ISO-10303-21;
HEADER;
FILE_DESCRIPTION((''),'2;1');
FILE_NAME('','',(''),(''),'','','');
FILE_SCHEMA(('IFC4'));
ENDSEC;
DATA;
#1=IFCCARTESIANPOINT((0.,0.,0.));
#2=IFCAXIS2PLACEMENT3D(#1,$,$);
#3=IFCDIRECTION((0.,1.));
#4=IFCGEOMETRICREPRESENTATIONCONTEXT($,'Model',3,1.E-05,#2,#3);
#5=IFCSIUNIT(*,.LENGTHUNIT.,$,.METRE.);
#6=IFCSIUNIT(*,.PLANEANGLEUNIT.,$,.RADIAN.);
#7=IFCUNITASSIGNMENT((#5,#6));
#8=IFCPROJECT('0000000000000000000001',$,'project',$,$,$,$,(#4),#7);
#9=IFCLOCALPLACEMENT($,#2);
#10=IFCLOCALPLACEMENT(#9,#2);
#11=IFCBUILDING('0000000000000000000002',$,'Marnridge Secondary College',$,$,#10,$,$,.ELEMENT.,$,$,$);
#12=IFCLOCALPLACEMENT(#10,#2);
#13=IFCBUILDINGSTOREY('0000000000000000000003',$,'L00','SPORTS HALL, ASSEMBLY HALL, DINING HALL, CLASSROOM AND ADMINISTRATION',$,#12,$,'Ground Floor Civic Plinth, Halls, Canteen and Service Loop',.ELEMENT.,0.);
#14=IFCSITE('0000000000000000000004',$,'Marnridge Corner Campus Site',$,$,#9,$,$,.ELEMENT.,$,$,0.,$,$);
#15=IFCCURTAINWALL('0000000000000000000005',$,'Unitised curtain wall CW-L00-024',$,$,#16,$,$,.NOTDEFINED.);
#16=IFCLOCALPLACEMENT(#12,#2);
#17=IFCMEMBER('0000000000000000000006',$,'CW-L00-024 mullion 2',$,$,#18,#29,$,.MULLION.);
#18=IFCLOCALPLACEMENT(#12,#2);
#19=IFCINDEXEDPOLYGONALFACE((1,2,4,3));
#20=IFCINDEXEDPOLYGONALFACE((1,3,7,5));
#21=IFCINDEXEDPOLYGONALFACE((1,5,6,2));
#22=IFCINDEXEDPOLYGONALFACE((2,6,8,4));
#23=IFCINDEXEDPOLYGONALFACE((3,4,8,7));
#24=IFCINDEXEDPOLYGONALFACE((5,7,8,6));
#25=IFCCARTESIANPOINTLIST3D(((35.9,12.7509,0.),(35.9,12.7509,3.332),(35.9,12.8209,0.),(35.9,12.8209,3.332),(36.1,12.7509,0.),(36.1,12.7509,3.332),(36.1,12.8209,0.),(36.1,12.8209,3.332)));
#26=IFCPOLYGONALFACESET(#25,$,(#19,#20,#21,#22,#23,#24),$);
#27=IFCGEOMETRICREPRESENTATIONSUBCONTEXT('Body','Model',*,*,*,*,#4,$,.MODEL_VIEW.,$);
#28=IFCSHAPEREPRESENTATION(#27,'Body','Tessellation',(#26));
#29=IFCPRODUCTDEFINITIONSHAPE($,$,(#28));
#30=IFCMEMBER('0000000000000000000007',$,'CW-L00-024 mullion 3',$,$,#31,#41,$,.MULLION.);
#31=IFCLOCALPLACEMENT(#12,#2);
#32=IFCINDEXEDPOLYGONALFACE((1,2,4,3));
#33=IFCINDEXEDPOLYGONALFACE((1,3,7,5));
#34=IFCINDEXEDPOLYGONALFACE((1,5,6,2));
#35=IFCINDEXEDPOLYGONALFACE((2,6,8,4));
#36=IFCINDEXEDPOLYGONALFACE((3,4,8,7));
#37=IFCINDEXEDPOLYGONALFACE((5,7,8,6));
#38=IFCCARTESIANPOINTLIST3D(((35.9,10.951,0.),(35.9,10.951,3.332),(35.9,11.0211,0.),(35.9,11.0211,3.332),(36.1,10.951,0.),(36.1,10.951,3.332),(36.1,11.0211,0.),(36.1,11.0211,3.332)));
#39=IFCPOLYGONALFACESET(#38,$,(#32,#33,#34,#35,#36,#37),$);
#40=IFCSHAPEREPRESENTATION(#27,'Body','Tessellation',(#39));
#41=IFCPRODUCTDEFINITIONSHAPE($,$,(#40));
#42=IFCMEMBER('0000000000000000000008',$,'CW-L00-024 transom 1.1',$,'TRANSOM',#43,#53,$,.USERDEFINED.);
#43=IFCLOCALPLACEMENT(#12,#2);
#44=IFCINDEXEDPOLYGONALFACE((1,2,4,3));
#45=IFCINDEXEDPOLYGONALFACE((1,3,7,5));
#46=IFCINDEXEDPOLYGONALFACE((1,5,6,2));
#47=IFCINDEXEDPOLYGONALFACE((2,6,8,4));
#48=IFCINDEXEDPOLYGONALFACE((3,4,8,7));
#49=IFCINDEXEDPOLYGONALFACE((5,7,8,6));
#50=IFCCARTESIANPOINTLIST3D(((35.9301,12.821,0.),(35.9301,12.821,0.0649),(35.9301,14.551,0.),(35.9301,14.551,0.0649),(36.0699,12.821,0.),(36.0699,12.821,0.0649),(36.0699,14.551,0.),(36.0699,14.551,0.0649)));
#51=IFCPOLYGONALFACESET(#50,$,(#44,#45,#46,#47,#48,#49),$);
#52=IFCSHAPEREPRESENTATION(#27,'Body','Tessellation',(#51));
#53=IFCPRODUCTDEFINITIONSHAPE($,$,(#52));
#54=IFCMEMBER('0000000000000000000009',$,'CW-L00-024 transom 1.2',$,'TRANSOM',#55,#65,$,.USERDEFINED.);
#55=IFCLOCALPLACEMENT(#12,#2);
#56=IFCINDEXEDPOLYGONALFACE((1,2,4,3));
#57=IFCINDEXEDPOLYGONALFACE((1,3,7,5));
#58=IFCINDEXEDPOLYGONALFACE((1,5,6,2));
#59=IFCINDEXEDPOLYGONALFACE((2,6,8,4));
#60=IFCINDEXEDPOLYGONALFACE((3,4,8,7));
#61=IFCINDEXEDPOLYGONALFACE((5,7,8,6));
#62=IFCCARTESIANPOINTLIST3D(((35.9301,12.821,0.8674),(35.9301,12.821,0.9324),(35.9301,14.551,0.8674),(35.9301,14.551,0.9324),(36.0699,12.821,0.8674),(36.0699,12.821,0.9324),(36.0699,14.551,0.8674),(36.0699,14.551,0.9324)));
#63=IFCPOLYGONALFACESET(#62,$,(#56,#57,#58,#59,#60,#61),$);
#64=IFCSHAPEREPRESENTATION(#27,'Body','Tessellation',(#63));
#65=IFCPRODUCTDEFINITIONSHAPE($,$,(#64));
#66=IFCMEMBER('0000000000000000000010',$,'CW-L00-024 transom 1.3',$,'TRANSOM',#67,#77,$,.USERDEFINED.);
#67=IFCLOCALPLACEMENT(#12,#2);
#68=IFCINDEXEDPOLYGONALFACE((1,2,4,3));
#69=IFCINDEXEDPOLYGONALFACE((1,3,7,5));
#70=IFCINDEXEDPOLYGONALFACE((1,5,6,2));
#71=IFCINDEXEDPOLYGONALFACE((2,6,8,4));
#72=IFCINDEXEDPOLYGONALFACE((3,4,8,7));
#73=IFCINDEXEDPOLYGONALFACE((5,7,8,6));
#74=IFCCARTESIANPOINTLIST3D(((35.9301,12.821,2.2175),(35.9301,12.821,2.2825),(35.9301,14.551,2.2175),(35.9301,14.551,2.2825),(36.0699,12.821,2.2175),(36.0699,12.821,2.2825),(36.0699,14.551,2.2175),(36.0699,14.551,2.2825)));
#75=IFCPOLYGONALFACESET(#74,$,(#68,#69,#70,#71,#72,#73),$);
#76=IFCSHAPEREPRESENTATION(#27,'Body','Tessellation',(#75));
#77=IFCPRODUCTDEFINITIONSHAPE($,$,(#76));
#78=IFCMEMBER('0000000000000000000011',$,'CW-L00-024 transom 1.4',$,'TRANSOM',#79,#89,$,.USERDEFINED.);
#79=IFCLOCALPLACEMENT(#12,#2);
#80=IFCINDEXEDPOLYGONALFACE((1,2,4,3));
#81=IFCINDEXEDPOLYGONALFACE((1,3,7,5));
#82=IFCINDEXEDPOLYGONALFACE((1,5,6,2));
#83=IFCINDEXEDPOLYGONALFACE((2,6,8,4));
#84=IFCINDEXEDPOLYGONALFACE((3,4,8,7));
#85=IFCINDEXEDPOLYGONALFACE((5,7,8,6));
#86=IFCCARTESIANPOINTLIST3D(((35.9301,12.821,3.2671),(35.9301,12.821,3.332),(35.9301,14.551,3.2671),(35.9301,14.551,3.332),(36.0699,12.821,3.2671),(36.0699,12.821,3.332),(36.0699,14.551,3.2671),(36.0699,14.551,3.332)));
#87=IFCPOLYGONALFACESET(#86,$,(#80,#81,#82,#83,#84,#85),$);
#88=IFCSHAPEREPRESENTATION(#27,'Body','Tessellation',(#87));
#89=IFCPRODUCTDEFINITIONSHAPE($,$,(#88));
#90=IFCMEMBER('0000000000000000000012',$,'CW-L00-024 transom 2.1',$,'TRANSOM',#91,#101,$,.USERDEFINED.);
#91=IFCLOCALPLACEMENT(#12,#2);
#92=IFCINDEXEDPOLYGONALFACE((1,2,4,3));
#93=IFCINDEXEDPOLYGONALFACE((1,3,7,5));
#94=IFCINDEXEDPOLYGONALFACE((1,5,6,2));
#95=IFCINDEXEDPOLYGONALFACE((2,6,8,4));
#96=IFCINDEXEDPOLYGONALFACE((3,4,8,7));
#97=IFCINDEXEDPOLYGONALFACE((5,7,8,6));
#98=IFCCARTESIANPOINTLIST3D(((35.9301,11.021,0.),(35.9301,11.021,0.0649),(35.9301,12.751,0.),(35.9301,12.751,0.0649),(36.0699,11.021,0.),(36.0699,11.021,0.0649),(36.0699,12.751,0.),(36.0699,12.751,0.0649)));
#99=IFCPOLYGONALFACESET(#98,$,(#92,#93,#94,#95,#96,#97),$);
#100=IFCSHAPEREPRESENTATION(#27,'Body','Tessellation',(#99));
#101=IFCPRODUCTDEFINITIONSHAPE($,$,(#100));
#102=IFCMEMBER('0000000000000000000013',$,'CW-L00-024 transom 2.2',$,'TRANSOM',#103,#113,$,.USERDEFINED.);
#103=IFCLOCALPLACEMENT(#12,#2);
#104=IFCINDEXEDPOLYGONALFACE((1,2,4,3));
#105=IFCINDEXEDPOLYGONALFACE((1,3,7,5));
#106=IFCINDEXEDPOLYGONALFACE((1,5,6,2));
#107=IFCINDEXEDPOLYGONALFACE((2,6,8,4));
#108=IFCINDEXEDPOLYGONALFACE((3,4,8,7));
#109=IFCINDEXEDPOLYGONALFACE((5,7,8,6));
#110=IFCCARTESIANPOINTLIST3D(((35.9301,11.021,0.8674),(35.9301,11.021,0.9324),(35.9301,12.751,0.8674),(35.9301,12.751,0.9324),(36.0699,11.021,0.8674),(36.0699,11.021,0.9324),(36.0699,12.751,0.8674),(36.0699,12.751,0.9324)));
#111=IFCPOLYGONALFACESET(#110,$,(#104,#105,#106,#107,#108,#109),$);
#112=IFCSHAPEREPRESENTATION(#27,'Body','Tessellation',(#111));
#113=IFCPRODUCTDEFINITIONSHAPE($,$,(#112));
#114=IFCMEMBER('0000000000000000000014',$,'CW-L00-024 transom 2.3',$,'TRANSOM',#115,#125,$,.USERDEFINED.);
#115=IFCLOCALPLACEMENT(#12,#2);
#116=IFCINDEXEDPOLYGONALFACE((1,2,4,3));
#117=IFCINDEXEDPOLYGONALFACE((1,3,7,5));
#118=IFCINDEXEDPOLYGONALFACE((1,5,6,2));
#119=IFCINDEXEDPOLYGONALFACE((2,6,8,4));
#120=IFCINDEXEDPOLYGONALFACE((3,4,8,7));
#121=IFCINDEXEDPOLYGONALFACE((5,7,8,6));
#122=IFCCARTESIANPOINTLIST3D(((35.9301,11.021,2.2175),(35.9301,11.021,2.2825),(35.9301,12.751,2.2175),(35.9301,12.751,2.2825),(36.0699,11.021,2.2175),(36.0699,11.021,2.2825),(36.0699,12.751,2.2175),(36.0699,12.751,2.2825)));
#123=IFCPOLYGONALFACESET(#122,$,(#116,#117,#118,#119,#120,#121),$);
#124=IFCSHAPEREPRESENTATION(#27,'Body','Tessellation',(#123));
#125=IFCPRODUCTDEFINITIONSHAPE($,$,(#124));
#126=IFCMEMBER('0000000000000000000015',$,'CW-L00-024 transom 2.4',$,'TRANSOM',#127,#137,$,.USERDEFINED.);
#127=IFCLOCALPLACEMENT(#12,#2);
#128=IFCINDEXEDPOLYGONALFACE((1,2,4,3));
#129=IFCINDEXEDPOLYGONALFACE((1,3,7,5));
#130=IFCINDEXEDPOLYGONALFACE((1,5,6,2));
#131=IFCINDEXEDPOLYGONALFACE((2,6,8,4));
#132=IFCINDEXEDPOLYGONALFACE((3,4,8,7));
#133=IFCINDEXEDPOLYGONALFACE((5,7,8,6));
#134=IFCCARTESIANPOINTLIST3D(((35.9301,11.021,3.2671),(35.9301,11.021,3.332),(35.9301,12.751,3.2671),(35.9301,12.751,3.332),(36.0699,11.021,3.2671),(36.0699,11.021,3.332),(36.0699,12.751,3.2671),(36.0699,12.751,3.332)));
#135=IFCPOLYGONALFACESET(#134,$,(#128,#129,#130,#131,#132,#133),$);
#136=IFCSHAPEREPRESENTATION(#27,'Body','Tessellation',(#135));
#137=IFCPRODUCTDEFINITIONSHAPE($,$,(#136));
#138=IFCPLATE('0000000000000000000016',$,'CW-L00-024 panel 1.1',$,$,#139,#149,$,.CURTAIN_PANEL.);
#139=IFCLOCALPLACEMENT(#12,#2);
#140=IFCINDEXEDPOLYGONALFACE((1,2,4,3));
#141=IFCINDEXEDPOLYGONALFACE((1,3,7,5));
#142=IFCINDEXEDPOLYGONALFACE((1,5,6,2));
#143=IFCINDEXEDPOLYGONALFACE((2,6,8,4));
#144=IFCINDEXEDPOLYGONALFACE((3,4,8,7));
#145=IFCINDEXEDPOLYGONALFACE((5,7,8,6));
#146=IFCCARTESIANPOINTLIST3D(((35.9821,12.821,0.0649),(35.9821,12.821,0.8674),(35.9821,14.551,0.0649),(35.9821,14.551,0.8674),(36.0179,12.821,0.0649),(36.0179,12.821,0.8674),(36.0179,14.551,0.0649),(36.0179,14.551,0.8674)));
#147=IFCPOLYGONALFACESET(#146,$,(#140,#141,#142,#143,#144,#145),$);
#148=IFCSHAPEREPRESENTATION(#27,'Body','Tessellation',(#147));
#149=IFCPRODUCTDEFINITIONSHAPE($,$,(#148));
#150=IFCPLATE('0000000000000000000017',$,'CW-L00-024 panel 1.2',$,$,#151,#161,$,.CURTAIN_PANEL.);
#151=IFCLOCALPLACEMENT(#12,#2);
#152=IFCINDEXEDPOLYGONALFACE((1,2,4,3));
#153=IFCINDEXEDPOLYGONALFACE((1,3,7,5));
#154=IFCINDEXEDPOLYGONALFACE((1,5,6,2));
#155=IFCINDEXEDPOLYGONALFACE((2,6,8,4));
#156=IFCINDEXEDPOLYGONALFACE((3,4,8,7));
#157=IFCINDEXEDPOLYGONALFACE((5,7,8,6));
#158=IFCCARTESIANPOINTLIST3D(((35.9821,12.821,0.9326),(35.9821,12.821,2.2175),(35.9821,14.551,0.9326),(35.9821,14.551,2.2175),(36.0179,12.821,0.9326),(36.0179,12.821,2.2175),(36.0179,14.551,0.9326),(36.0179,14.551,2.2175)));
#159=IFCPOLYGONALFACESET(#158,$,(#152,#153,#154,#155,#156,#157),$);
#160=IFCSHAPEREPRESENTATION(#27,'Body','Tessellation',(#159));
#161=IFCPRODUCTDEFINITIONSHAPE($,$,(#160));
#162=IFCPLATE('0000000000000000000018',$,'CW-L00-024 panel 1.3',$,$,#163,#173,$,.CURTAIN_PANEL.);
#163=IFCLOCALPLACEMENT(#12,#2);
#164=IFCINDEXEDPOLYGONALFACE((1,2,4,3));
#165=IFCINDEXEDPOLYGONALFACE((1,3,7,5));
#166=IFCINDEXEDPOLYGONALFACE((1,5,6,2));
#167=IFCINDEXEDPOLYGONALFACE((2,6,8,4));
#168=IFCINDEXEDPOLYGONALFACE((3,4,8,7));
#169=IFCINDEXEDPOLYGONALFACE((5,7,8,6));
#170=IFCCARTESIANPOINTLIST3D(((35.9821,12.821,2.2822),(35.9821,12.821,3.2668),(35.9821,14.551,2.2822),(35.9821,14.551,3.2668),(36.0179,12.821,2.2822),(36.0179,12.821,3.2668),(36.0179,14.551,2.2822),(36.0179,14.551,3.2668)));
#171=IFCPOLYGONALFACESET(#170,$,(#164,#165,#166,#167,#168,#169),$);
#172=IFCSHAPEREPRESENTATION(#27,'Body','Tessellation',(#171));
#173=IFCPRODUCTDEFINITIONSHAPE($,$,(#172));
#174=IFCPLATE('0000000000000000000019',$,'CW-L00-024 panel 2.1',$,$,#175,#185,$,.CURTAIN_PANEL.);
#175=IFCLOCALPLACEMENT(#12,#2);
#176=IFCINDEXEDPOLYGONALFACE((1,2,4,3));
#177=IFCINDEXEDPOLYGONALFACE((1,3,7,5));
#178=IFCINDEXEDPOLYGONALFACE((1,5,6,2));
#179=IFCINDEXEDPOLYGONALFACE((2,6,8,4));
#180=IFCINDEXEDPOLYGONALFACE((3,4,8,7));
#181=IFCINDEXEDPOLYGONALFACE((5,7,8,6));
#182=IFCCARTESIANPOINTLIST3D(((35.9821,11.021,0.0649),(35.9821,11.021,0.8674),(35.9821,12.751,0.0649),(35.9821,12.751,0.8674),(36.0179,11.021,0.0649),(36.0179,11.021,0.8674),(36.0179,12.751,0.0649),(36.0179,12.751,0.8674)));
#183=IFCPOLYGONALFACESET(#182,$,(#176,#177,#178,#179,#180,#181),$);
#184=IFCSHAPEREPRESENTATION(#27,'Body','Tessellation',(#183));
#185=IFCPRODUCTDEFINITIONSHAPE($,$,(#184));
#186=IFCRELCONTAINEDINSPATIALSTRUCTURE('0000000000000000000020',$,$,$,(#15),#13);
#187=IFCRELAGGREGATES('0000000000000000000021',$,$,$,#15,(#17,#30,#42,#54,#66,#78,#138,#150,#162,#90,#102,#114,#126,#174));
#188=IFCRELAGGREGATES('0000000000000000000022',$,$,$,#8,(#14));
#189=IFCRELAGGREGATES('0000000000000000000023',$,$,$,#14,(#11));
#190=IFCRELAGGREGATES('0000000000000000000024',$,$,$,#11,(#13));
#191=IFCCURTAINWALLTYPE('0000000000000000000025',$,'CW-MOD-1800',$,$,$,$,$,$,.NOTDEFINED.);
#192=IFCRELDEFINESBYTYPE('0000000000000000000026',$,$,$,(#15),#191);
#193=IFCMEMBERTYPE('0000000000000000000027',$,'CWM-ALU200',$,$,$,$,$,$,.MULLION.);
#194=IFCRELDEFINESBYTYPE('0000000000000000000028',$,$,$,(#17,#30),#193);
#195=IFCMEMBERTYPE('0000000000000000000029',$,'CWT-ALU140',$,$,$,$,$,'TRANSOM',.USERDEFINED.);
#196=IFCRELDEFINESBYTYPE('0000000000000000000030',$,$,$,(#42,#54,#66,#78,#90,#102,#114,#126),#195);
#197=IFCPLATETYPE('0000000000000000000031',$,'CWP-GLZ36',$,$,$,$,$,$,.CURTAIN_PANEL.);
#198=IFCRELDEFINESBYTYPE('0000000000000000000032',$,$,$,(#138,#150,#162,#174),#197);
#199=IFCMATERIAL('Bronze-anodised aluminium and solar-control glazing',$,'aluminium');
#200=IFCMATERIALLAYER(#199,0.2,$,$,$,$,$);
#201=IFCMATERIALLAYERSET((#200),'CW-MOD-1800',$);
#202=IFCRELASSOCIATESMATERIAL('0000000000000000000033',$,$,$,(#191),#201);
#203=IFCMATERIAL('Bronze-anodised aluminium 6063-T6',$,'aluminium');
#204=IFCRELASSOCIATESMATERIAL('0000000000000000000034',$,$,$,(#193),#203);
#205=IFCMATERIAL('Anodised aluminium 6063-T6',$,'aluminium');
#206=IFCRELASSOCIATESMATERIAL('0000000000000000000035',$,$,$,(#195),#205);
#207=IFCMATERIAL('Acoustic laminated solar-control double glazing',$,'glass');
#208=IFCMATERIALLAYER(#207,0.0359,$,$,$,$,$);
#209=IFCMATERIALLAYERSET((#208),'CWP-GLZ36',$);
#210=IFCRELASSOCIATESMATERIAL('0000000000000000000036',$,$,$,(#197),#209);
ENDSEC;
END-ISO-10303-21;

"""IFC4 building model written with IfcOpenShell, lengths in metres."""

from ifc_helpers import new_model, si_unit, direction, frame, origin, origin_2d, place, context, subcontext, project, spatial, rectangle, extrude, material, layer, layer_set, material_profile, profile_set, type_object, element, aggregate, save


model = new_model("IFC4")

# Units and contexts
model_context = context("Model", 3, precision=1e-05, world=origin(), true_north=direction((0.0, 1.0)))
body_context = subcontext(model_context, "Body", "Model", "MODEL_VIEW")
ifc_project = project(units=[si_unit("LENGTHUNIT", "METRE"), si_unit("PLANEANGLEUNIT", "RADIAN")], contexts=[model_context])

# Site, building, storey
site_placement = place(None, origin())
site = spatial("IfcSite", under=ifc_project, at=site_placement, Name="Marnridge Corner Campus Site", CompositionType="ELEMENT", RefElevation=0.0)
building_placement = place(site_placement, origin())
building = spatial("IfcBuilding", under=site, at=building_placement, Name="Marnridge Secondary College", CompositionType="ELEMENT")
storey_placement = place(building_placement, origin())
storey = spatial("IfcBuildingStorey", under=building, at=storey_placement, Name="L00", Description="SPORTS HALL, ASSEMBLY HALL, DINING HALL, CLASSROOM AND ADMINISTRATION", LongName="Ground Floor Civic Plinth, Halls, Canteen and Service Loop", CompositionType="ELEMENT", Elevation=0.0)

# Curtain wall, members, plates
ifc_material_1 = material(Name="Bronze-anodised aluminium and solar-control glazing", Category="aluminium")
ifc_layer_1 = layer(ifc_material_1, 0.2)
ifc_layer_set_1 = layer_set([ifc_layer_1], Name="CW-MOD-1800")
curtain_wall_type = type_object("IfcCurtainWallType", Name="CW-MOD-1800", PredefinedType="NOTDEFINED", material=ifc_layer_set_1)
curtain_wall_placement = place(storey_placement, origin())
curtain_wall = element("IfcCurtainWall", 1, at=curtain_wall_placement, inside=storey, type_object=curtain_wall_type, Name="Unitised curtain wall CW-L00-024", PredefinedType="NOTDEFINED")
ifc_material_2 = material(Name="Bronze-anodised aluminium 6063-T6", Category="aluminium")
ifc_material_profile_1 = material_profile(ifc_material_2, rectangle(XDim=0.0701, YDim=0.2, at=origin_2d()), Name="ALU 70x200")
ifc_profile_set_1 = profile_set([ifc_material_profile_1], Name="Bronze-anodised aluminium 6063-T6")
member_type_1 = type_object("IfcMemberType", Name="CWM-ALU200", PredefinedType="MULLION", material=ifc_profile_set_1)
member_1_placement = place(storey_placement, frame((36.0, 12.7859, 0.0), z_axis=(0.0, 0.0, 1.0), x_axis=(0.0, -1.0, 0.0)))
member_1 = element("IfcMember", 2, at=member_1_placement, type_object=member_type_1, Name="CW-L00-024 mullion 2", PredefinedType="MULLION", context=body_context, shape_type="SweptSolid", body=[
    extrude(rectangle(XDim=0.0701, YDim=0.2, at=origin_2d()), origin(), (0.0, 0.0, 1.0), 3.332),
])
member_2_placement = place(storey_placement, frame((36.0, 10.9861, 0.0), z_axis=(0.0, 0.0, 1.0), x_axis=(0.0, -1.0, 0.0)))
member_2 = element("IfcMember", 3, at=member_2_placement, type_object=member_type_1, Name="CW-L00-024 mullion 3", PredefinedType="MULLION", context=body_context, shape_type="SweptSolid", body=[
    extrude(rectangle(XDim=0.0701, YDim=0.2, at=origin_2d()), origin(), (0.0, 0.0, 1.0), 3.332),
])
ifc_material_3 = material(Name="Anodised aluminium 6063-T6", Category="aluminium")
ifc_material_profile_2 = material_profile(ifc_material_3, rectangle(XDim=0.0649, YDim=0.1399, at=origin_2d()), Name="ALU 65x140")
ifc_profile_set_2 = profile_set([ifc_material_profile_2], Name="Anodised aluminium 6063-T6")
member_type_2 = type_object("IfcMemberType", Name="CWT-ALU140", ElementType="TRANSOM", PredefinedType="USERDEFINED", material=ifc_profile_set_2)
member_3_placement = place(storey_placement, frame((36.0, 14.551, 0.0325), z_axis=(0.0, -1.0, 0.0), x_axis=(0.0, 0.0, 1.0)))
member_3 = element("IfcMember", 4, at=member_3_placement, type_object=member_type_2, Name="CW-L00-024 transom 1.1", ObjectType="TRANSOM", PredefinedType="USERDEFINED", context=body_context, shape_type="SweptSolid", body=[
    extrude(rectangle(XDim=0.0649, YDim=0.1399, at=origin_2d()), origin(), (0.0, 0.0, 1.0), 1.73),
])
member_4_placement = place(storey_placement, frame((36.0, 14.551, 0.8999), z_axis=(0.0, -1.0, 0.0), x_axis=(0.0, 0.0, 1.0)))
member_4 = element("IfcMember", 5, at=member_4_placement, type_object=member_type_2, Name="CW-L00-024 transom 1.2", ObjectType="TRANSOM", PredefinedType="USERDEFINED", context=body_context, shape_type="SweptSolid", body=[
    extrude(rectangle(XDim=0.0649, YDim=0.1399, at=origin_2d()), origin(), (0.0, 0.0, 1.0), 1.73),
])
member_5_placement = place(storey_placement, frame((36.0, 14.551, 2.25), z_axis=(0.0, -1.0, 0.0), x_axis=(0.0, 0.0, 1.0)))
member_5 = element("IfcMember", 6, at=member_5_placement, type_object=member_type_2, Name="CW-L00-024 transom 1.3", ObjectType="TRANSOM", PredefinedType="USERDEFINED", context=body_context, shape_type="SweptSolid", body=[
    extrude(rectangle(XDim=0.0649, YDim=0.1399, at=origin_2d()), origin(), (0.0, 0.0, 1.0), 1.73),
])
member_6_placement = place(storey_placement, frame((36.0, 14.551, 3.2996), z_axis=(0.0, -1.0, 0.0), x_axis=(0.0, 0.0, 1.0)))
member_6 = element("IfcMember", 7, at=member_6_placement, type_object=member_type_2, Name="CW-L00-024 transom 1.4", ObjectType="TRANSOM", PredefinedType="USERDEFINED", context=body_context, shape_type="SweptSolid", body=[
    extrude(rectangle(XDim=0.0649, YDim=0.1399, at=origin_2d()), origin(), (0.0, 0.0, 1.0), 1.73),
])
member_7_placement = place(storey_placement, frame((36.0, 12.751, 0.0325), z_axis=(0.0, -1.0, 0.0), x_axis=(0.0, 0.0, 1.0)))
member_7 = element("IfcMember", 8, at=member_7_placement, type_object=member_type_2, Name="CW-L00-024 transom 2.1", ObjectType="TRANSOM", PredefinedType="USERDEFINED", context=body_context, shape_type="SweptSolid", body=[
    extrude(rectangle(XDim=0.0649, YDim=0.1399, at=origin_2d()), origin(), (0.0, 0.0, 1.0), 1.73),
])
member_8_placement = place(storey_placement, frame((36.0, 12.751, 0.8999), z_axis=(0.0, -1.0, 0.0), x_axis=(0.0, 0.0, 1.0)))
member_8 = element("IfcMember", 9, at=member_8_placement, type_object=member_type_2, Name="CW-L00-024 transom 2.2", ObjectType="TRANSOM", PredefinedType="USERDEFINED", context=body_context, shape_type="SweptSolid", body=[
    extrude(rectangle(XDim=0.0649, YDim=0.1399, at=origin_2d()), origin(), (0.0, 0.0, 1.0), 1.73),
])
member_9_placement = place(storey_placement, frame((36.0, 12.751, 2.25), z_axis=(0.0, -1.0, 0.0), x_axis=(0.0, 0.0, 1.0)))
member_9 = element("IfcMember", 10, at=member_9_placement, type_object=member_type_2, Name="CW-L00-024 transom 2.3", ObjectType="TRANSOM", PredefinedType="USERDEFINED", context=body_context, shape_type="SweptSolid", body=[
    extrude(rectangle(XDim=0.0649, YDim=0.1399, at=origin_2d()), origin(), (0.0, 0.0, 1.0), 1.73),
])
member_10_placement = place(storey_placement, frame((36.0, 12.751, 3.2996), z_axis=(0.0, -1.0, 0.0), x_axis=(0.0, 0.0, 1.0)))
member_10 = element("IfcMember", 11, at=member_10_placement, type_object=member_type_2, Name="CW-L00-024 transom 2.4", ObjectType="TRANSOM", PredefinedType="USERDEFINED", context=body_context, shape_type="SweptSolid", body=[
    extrude(rectangle(XDim=0.0649, YDim=0.1399, at=origin_2d()), origin(), (0.0, 0.0, 1.0), 1.73),
])
ifc_material_4 = material(Name="Acoustic laminated solar-control double glazing", Category="glass")
ifc_layer_2 = layer(ifc_material_4, 0.0359)
ifc_layer_set_2 = layer_set([ifc_layer_2], Name="CWP-GLZ36")
plate_type = type_object("IfcPlateType", Name="CWP-GLZ36", PredefinedType="CURTAIN_PANEL", material=ifc_layer_set_2)
plate_1_placement = place(storey_placement, frame((36.0, 13.686, 0.0649), z_axis=(0.0, 0.0, 1.0), x_axis=(0.0, -1.0, 0.0)))
plate_1 = element("IfcPlate", 12, at=plate_1_placement, type_object=plate_type, Name="CW-L00-024 panel 1.1", PredefinedType="CURTAIN_PANEL", context=body_context, shape_type="SweptSolid", body=[
    extrude(rectangle(XDim=1.73, YDim=0.0359, at=origin_2d()), origin(), (0.0, 0.0, 1.0), 0.8025),
])
plate_2_placement = place(storey_placement, frame((36.0, 13.686, 0.9326), z_axis=(0.0, 0.0, 1.0), x_axis=(0.0, -1.0, 0.0)))
plate_2 = element("IfcPlate", 13, at=plate_2_placement, type_object=plate_type, Name="CW-L00-024 panel 1.2", PredefinedType="CURTAIN_PANEL", context=body_context, shape_type="SweptSolid", body=[
    extrude(rectangle(XDim=1.73, YDim=0.0359, at=origin_2d()), origin(), (0.0, 0.0, 1.0), 1.2849),
])
plate_3_placement = place(storey_placement, frame((36.0, 13.686, 2.2822), z_axis=(0.0, 0.0, 1.0), x_axis=(0.0, -1.0, 0.0)))
plate_3 = element("IfcPlate", 14, at=plate_3_placement, type_object=plate_type, Name="CW-L00-024 panel 1.3", PredefinedType="CURTAIN_PANEL", context=body_context, shape_type="SweptSolid", body=[
    extrude(rectangle(XDim=1.73, YDim=0.0359, at=origin_2d()), origin(), (0.0, 0.0, 1.0), 0.9846),
])
plate_4_placement = place(storey_placement, frame((36.0, 11.886, 0.0649), z_axis=(0.0, 0.0, 1.0), x_axis=(0.0, -1.0, 0.0)))
plate_4 = element("IfcPlate", 15, at=plate_4_placement, type_object=plate_type, Name="CW-L00-024 panel 2.1", PredefinedType="CURTAIN_PANEL", context=body_context, shape_type="SweptSolid", body=[
    extrude(rectangle(XDim=1.73, YDim=0.0359, at=origin_2d()), origin(), (0.0, 0.0, 1.0), 0.8025),
])
aggregate(curtain_wall, [member_1, member_2, member_3, member_4, member_5, member_6, plate_1, plate_2, plate_3, member_7, member_8, member_9, member_10, plate_4])

save(model, "model.ifc")
